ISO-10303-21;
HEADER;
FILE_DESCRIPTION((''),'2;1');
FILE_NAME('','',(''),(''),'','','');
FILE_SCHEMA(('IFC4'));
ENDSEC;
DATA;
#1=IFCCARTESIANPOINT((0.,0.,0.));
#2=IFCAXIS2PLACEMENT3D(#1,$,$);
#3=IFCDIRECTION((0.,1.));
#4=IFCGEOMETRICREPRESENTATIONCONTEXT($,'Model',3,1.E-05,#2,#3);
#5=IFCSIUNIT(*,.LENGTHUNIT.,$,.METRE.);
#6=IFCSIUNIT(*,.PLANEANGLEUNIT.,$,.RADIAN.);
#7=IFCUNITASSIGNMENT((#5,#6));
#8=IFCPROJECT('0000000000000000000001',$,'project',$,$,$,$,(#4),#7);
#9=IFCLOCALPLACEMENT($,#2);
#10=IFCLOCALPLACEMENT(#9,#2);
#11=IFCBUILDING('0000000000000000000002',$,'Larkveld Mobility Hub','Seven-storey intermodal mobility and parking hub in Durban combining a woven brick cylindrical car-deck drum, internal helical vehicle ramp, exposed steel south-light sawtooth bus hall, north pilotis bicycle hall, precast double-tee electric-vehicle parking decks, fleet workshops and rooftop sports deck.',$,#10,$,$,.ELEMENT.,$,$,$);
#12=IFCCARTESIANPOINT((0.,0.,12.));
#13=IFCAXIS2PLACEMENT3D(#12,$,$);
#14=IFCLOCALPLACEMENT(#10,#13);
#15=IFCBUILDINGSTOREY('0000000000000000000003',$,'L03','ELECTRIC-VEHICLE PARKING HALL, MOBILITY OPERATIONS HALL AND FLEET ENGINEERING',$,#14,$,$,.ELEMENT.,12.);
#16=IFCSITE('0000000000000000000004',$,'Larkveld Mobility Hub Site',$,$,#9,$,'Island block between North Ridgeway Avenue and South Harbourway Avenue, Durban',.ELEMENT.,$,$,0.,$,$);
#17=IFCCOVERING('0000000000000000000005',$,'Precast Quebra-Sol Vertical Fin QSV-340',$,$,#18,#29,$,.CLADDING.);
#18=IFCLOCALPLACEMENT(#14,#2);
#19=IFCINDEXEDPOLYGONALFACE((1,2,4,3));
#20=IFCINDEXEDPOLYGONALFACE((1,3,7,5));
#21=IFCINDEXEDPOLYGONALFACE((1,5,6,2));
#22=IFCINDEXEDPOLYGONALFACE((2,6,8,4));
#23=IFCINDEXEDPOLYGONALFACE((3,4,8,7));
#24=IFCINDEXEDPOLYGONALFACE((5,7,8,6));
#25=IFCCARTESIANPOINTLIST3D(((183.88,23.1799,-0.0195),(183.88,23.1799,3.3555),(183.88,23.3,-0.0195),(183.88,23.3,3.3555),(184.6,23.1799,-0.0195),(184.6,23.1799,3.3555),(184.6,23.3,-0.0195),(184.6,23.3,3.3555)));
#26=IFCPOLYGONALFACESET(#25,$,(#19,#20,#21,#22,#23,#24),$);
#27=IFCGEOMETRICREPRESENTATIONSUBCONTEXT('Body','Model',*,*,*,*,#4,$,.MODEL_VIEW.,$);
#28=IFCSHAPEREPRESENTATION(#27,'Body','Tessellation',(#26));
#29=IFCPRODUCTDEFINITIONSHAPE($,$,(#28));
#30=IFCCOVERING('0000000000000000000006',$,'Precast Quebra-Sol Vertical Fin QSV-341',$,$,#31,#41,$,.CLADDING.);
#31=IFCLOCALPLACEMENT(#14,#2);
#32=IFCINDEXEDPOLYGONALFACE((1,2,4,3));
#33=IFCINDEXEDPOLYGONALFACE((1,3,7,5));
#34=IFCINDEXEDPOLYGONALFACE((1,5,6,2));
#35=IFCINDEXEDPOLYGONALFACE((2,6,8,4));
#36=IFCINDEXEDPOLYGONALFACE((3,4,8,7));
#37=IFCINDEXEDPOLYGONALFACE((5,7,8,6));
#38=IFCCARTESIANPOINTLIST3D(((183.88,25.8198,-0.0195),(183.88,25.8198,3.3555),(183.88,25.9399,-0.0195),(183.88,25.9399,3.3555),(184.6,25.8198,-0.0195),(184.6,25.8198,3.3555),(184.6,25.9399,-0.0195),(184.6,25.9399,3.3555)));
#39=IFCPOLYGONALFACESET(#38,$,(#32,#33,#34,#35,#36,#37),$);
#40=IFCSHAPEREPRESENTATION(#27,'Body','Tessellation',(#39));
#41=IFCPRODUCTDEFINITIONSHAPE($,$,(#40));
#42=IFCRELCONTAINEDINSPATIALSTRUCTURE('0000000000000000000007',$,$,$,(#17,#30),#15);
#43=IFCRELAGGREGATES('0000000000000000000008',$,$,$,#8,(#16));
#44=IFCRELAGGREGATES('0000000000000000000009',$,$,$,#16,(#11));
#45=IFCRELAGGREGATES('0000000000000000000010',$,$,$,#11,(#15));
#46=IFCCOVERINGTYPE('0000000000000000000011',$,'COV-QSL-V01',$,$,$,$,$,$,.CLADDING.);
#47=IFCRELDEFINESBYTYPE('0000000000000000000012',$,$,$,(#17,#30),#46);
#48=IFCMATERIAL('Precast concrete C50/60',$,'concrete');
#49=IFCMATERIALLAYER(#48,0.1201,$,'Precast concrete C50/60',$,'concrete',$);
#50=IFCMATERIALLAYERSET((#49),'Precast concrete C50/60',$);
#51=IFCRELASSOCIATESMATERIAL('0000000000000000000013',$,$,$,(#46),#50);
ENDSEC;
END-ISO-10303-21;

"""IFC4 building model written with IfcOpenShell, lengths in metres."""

from ifc_helpers import new_model, si_unit, direction, frame, origin, origin_2d, place, context, subcontext, project, spatial, rectangle, extrude, material, layer, layer_set, type_object, element, save


model = new_model("IFC4")

# Units and contexts
model_context = context("Model", 3, precision=1e-05, world=origin(), true_north=direction((0.0, 1.0)))
body_context = subcontext(model_context, "Body", "Model", "MODEL_VIEW")
ifc_project = project(units=[si_unit("LENGTHUNIT", "METRE"), si_unit("PLANEANGLEUNIT", "RADIAN")], contexts=[model_context])

# Site, building, storey
site_placement = place(None, origin())
site = spatial("IfcSite", under=ifc_project, at=site_placement, Name="Larkveld Mobility Hub Site", LongName="Island block between North Ridgeway Avenue and South Harbourway Avenue, Durban", CompositionType="ELEMENT", RefElevation=0.0)
building_placement = place(site_placement, origin())
building = spatial("IfcBuilding", under=site, at=building_placement, Name="Larkveld Mobility Hub", Description="Seven-storey intermodal mobility and parking hub in Durban combining a woven brick cylindrical car-deck drum, internal helical vehicle ramp, exposed steel south-light sawtooth bus hall, north pilotis bicycle hall, precast double-tee electric-vehicle parking decks, fleet workshops and rooftop sports deck.", CompositionType="ELEMENT")
storey_placement = place(building_placement, frame((0.0, 0.0, 12.0)))
storey = spatial("IfcBuildingStorey", under=building, at=storey_placement, Name="L03", Description="ELECTRIC-VEHICLE PARKING HALL, MOBILITY OPERATIONS HALL AND FLEET ENGINEERING", CompositionType="ELEMENT", Elevation=12.0)

# Shared definitions
ifc_material_1 = material(Name="Precast concrete C50/60", Category="concrete")

# Coverings
ifc_layer_1 = layer(ifc_material_1, 0.1201, Name="Precast concrete C50/60", Category="concrete")
ifc_layer_set_1 = layer_set([ifc_layer_1], Name="Precast concrete C50/60")
covering_type = type_object("IfcCoveringType", Name="COV-QSL-V01", PredefinedType="CLADDING", material=ifc_layer_set_1)
for number, where, z_axis, x_axis, name in (
    (1, (184.24, 23.24, -0.0195), (0.0, 0.0, 1.0), (0.0, 1.0, 0.0), "Precast Quebra-Sol Vertical Fin QSV-340"),
    (2, (184.24, 25.8799, -0.0195), (0.0, 0.0, 1.0), (0.0, 1.0, 0.0), "Precast Quebra-Sol Vertical Fin QSV-341"),
):
    element("IfcCovering", number, at=place(storey_placement, frame(where, z_axis=z_axis, x_axis=x_axis)), inside=storey, type_object=covering_type, Name=name, PredefinedType="CLADDING", context=body_context, shape_type="SweptSolid", body=[
        extrude(rectangle(XDim=0.1201, YDim=0.72, at=origin_2d()), origin(), (0.0, 0.0, 1.0), 3.375),
    ])

save(model, "model.ifc")
